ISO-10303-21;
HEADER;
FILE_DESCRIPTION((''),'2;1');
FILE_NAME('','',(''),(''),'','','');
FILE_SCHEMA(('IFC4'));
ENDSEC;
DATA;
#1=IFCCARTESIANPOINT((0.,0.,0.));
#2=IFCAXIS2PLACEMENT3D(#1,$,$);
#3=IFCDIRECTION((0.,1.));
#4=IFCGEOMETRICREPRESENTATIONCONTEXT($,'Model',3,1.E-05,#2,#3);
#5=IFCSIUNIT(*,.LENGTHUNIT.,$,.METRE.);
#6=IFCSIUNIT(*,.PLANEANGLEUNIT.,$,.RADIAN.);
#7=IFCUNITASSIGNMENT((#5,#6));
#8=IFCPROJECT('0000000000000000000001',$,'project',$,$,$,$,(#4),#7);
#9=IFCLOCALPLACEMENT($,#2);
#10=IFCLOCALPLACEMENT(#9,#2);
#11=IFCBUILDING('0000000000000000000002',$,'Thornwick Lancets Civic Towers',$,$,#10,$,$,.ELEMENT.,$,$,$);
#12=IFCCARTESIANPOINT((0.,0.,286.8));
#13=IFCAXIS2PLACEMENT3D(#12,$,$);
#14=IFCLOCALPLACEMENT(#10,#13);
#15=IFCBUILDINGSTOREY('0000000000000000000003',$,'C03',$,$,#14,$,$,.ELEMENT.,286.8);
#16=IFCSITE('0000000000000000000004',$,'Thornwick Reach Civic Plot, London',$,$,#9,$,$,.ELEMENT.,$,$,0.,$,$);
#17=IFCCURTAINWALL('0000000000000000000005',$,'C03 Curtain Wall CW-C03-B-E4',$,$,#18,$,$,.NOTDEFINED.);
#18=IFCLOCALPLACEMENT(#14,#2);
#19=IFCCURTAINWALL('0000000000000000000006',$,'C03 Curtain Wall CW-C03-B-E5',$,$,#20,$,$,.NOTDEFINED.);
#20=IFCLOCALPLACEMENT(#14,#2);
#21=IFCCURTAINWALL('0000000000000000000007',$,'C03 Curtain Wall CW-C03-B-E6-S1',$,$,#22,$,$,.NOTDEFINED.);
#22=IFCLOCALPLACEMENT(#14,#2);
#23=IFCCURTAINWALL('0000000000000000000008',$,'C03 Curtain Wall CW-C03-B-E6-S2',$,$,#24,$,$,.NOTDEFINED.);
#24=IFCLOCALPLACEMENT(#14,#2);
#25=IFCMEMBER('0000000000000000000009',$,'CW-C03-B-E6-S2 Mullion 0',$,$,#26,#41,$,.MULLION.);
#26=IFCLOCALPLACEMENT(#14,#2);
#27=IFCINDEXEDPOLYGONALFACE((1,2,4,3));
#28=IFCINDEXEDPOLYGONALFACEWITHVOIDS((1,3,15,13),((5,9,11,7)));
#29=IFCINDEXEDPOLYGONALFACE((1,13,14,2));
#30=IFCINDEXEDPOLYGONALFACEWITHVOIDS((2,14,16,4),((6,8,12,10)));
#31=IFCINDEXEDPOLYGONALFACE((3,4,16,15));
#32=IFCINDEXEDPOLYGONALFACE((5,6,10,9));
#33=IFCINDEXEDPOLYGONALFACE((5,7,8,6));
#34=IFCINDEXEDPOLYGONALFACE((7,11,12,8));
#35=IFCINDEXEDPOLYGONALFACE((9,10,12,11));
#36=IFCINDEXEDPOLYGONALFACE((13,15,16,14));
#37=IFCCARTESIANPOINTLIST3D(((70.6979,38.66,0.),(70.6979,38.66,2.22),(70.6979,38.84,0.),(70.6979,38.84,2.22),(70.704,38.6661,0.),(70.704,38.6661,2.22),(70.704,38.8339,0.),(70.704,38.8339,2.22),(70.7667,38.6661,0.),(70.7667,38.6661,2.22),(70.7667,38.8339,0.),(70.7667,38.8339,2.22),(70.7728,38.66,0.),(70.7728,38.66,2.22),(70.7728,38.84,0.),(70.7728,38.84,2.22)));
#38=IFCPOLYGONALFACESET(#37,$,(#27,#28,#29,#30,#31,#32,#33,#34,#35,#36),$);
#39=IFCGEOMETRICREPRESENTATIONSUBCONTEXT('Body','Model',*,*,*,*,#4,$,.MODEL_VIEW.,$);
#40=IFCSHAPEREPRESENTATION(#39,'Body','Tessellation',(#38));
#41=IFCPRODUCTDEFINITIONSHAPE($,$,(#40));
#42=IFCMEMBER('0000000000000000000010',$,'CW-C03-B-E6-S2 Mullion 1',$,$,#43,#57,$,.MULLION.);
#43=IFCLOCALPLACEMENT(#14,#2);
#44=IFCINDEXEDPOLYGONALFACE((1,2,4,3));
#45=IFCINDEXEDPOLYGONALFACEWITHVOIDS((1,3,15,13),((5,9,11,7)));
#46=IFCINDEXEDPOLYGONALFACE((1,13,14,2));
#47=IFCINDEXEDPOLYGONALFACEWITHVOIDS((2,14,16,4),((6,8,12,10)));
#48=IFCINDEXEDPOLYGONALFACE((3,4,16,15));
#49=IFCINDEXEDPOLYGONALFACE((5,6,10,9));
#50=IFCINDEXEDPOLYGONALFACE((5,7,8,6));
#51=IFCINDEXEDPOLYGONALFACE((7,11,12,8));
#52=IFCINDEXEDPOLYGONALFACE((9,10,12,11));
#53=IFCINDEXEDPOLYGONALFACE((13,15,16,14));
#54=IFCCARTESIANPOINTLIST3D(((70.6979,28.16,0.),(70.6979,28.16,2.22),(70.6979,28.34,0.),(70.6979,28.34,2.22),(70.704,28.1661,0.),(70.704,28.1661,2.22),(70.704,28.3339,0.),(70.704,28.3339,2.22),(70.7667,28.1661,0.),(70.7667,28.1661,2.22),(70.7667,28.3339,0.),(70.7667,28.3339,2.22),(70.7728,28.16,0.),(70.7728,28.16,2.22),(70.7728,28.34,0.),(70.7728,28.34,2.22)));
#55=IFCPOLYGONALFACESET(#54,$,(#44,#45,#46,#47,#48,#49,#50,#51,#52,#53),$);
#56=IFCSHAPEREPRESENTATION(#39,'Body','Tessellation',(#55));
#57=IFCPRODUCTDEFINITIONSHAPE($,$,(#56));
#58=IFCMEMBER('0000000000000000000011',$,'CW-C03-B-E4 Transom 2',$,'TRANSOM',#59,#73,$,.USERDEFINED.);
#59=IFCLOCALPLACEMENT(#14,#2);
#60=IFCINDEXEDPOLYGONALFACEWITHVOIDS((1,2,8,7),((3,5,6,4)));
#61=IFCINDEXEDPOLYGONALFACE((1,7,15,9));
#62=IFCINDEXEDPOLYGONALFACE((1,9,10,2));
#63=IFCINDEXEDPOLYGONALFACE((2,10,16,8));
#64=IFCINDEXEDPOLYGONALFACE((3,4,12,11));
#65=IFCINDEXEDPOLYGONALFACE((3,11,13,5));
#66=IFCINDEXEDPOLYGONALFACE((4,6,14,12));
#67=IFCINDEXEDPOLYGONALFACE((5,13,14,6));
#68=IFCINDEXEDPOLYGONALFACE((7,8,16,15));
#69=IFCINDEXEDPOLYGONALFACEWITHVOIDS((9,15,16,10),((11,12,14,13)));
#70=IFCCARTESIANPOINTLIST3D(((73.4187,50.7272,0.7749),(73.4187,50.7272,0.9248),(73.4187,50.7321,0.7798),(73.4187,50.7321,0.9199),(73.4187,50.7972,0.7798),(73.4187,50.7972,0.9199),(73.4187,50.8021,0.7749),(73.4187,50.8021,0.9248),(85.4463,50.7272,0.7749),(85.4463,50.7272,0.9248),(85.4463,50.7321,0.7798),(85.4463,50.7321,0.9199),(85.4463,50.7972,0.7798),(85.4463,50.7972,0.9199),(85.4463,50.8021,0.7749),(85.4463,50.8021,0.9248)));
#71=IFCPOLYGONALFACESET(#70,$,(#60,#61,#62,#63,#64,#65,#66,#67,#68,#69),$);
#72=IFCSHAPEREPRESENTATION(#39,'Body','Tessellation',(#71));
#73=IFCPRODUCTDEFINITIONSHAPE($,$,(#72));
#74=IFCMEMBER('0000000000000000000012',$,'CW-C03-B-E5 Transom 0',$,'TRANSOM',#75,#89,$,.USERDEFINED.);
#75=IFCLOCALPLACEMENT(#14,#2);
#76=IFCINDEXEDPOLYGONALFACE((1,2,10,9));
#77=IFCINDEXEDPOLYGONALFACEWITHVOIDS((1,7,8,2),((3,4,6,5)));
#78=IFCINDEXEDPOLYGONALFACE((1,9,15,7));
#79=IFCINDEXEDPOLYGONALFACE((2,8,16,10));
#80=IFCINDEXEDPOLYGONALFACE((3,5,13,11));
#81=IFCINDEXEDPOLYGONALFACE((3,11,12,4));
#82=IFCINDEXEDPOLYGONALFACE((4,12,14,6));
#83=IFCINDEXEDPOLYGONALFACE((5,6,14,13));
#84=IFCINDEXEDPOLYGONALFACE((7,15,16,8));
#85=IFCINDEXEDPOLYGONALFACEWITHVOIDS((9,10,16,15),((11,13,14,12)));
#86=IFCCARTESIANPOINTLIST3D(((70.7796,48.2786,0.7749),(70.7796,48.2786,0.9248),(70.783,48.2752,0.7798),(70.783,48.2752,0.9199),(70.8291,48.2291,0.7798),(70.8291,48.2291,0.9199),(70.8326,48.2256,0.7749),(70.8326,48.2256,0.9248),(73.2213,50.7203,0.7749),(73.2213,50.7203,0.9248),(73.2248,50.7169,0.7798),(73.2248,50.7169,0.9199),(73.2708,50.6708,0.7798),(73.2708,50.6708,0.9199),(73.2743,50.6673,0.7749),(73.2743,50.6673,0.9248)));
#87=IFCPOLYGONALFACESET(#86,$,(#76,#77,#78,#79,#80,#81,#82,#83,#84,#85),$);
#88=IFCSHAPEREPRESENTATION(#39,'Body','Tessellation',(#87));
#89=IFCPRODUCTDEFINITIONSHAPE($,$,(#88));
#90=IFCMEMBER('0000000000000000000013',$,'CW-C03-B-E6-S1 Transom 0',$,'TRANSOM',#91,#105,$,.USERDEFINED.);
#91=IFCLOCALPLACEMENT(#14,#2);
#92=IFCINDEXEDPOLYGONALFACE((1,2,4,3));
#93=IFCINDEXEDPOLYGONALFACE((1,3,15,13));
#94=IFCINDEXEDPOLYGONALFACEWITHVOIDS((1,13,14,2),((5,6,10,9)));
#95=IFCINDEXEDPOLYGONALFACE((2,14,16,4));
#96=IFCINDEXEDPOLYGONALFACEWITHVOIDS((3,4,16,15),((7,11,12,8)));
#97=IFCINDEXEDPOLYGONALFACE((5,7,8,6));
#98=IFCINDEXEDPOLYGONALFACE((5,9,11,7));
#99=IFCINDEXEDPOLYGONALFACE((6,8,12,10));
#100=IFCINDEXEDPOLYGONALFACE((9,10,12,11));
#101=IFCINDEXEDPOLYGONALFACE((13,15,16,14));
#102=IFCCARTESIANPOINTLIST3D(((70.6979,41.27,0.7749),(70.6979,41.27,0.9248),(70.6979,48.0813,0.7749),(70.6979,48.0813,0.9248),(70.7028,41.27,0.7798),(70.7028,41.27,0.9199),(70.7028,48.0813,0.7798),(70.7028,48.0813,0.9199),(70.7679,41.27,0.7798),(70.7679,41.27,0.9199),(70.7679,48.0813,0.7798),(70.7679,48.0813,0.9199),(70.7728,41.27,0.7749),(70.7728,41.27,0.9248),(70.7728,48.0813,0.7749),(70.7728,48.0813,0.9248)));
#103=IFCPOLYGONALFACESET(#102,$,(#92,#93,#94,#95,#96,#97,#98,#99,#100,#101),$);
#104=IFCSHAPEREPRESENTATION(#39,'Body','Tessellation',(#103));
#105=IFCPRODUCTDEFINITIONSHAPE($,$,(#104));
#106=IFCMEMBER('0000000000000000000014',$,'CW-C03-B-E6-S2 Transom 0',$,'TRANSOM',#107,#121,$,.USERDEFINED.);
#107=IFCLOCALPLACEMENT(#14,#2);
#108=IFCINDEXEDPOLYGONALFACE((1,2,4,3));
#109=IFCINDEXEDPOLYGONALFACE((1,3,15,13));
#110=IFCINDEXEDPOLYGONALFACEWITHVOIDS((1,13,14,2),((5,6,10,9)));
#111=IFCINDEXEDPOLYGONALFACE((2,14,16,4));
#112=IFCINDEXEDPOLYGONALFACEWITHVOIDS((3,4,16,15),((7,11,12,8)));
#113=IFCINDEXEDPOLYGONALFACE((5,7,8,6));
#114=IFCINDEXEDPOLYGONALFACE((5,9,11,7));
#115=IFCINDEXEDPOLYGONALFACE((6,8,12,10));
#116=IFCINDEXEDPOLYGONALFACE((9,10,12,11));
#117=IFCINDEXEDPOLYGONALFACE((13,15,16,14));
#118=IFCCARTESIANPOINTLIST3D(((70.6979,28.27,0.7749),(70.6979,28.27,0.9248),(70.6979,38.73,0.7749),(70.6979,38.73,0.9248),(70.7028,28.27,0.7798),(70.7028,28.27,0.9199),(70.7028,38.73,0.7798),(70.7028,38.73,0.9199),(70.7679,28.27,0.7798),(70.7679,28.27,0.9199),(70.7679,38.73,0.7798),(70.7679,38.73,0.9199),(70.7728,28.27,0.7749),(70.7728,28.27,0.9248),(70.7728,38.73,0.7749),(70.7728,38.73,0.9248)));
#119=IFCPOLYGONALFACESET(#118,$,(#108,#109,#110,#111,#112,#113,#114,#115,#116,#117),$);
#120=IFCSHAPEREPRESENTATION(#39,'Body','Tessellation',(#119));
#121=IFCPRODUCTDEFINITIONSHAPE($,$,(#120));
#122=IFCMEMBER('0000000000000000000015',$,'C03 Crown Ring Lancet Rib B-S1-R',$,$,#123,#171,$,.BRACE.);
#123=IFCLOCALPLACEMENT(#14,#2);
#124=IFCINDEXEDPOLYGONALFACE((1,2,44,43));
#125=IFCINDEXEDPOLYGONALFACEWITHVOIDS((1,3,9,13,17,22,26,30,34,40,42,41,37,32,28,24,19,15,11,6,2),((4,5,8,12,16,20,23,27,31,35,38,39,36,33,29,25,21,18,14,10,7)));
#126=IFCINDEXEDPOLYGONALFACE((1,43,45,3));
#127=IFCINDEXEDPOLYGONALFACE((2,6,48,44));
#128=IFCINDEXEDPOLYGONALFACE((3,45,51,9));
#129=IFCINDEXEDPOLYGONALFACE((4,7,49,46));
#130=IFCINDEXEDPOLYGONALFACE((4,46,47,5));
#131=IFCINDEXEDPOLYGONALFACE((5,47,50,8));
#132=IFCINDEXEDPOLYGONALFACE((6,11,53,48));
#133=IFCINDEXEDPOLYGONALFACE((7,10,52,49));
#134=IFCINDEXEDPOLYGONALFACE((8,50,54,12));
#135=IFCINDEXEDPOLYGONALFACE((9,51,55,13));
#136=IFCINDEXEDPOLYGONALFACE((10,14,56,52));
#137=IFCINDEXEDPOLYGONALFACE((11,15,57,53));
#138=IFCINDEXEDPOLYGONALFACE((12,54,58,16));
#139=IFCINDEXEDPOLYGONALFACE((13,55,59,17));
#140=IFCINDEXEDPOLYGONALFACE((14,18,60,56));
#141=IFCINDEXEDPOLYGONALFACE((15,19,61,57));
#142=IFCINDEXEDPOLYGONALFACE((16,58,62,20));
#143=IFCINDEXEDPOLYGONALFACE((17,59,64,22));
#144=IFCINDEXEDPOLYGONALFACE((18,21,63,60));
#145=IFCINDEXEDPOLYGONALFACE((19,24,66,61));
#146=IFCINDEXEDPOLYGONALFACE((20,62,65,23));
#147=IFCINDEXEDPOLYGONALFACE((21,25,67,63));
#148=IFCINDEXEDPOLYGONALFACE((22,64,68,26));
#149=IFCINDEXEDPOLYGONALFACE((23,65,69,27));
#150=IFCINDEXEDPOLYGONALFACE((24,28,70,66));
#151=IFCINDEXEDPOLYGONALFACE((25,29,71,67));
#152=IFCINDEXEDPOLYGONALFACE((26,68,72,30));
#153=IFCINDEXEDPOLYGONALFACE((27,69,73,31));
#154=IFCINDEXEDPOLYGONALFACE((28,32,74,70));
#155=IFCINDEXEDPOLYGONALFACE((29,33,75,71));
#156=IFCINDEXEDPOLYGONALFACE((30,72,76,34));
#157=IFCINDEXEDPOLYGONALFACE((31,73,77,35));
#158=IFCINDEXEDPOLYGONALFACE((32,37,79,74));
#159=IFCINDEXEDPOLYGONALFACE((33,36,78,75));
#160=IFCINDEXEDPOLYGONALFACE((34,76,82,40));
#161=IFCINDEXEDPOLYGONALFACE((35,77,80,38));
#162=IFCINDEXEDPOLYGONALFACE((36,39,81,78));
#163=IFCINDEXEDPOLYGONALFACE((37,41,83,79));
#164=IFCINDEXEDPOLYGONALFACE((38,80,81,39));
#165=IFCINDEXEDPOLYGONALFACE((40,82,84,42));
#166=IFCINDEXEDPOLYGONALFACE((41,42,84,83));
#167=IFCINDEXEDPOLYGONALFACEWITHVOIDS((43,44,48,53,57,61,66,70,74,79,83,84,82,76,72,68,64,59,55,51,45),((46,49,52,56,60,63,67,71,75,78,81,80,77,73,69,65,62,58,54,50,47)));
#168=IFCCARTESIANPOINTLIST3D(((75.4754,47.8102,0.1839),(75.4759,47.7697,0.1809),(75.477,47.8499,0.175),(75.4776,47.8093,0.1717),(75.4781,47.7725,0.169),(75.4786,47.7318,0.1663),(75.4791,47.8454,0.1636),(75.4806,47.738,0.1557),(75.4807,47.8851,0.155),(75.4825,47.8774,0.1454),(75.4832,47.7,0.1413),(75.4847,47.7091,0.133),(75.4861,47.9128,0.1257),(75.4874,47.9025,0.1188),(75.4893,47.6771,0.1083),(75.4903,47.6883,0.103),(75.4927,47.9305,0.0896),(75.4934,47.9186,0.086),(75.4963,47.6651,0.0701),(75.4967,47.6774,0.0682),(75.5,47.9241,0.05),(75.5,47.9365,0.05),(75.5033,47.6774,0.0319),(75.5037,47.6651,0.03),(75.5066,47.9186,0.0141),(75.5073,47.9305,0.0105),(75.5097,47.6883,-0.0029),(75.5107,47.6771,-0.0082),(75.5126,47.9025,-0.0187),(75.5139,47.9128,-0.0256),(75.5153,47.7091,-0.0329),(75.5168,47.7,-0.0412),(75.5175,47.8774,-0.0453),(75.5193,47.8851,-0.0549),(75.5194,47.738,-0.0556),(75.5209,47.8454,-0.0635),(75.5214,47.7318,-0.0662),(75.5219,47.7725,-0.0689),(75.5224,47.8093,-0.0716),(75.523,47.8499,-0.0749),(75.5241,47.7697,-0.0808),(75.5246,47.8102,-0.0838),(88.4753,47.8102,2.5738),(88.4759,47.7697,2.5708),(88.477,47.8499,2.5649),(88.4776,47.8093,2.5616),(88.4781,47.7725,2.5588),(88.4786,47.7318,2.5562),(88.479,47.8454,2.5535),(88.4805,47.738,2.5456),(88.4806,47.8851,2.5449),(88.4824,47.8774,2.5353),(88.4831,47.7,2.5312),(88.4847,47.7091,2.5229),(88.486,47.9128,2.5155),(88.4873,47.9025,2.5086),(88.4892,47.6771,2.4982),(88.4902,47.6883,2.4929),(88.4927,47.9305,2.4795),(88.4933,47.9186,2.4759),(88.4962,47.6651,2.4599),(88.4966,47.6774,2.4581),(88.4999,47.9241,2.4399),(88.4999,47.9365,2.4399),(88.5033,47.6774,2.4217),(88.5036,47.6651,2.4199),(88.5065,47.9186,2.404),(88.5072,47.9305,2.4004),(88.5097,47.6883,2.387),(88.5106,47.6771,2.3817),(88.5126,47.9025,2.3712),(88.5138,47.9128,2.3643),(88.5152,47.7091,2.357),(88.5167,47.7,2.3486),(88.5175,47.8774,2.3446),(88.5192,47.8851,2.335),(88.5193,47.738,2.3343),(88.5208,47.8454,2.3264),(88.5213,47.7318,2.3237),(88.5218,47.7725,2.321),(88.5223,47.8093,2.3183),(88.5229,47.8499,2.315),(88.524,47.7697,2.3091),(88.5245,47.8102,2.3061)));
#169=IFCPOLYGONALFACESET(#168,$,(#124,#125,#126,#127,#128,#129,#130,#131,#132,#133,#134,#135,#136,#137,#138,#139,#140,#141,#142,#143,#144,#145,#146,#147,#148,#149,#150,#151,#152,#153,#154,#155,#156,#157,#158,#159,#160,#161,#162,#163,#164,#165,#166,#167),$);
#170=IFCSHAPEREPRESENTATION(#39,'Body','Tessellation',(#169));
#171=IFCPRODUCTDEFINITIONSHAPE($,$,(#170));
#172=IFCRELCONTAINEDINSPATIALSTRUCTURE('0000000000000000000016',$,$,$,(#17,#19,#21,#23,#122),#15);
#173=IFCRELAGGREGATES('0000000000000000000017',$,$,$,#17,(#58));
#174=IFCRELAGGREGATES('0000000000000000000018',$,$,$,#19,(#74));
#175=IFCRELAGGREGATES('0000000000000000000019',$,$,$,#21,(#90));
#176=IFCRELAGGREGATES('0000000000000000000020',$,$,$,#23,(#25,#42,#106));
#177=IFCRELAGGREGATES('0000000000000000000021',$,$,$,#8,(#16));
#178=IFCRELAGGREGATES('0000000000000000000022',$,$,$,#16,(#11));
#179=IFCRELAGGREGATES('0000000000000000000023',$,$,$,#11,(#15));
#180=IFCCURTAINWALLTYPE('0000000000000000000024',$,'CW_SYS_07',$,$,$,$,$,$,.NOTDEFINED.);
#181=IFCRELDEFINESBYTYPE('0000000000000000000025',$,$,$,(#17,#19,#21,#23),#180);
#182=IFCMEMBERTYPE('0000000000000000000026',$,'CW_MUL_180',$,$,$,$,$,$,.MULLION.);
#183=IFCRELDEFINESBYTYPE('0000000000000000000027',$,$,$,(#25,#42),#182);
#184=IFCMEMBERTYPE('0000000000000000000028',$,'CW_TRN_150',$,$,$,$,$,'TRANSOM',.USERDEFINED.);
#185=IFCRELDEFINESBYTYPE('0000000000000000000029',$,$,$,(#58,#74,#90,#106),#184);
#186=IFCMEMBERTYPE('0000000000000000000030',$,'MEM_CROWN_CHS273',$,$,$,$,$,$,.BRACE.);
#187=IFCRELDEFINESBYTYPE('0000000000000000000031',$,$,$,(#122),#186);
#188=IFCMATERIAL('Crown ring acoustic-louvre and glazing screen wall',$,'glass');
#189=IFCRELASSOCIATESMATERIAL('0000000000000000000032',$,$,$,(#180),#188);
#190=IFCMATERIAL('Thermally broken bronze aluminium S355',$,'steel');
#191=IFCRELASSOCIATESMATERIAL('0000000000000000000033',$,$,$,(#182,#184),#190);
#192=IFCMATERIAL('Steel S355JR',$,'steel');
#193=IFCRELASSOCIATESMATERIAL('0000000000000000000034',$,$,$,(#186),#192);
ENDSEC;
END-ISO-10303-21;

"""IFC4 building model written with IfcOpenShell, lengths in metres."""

from ifc_helpers import new_model, si_unit, direction, frame, origin, origin_2d, place, context, subcontext, project, spatial, hollow_rectangle, hollow_circle, extrude, material, material_profile, profile_set, type_object, element, aggregate, save


model = new_model("IFC4")

# Units and contexts
model_context = context("Model", 3, precision=1e-05, world=origin(), true_north=direction((0.0, 1.0)))
body_context = subcontext(model_context, "Body", "Model", "MODEL_VIEW")
ifc_project = project(units=[si_unit("LENGTHUNIT", "METRE"), si_unit("PLANEANGLEUNIT", "RADIAN")], contexts=[model_context])

# Site, building, storey
site_placement = place(None, origin())
site = spatial("IfcSite", under=ifc_project, at=site_placement, Name="Thornwick Reach Civic Plot, London", CompositionType="ELEMENT", RefElevation=0.0)
building_placement = place(site_placement, origin())
building = spatial("IfcBuilding", under=site, at=building_placement, Name="Thornwick Lancets Civic Towers", CompositionType="ELEMENT")
storey_placement = place(building_placement, frame((0.0, 0.0, 286.8)))
storey = spatial("IfcBuildingStorey", under=building, at=storey_placement, Name="C03", CompositionType="ELEMENT", Elevation=286.8)

# Shared definitions
ifc_material_1 = material(Name="Steel S355JR", Category="steel")

# Curtain walls, members
ifc_material_2 = material(Name="Crown ring acoustic-louvre and glazing screen wall", Category="glass")
curtain_wall_type = type_object("IfcCurtainWallType", Name="CW_SYS_07", PredefinedType="NOTDEFINED", material=ifc_material_2)
curtain_wall_1_placement = place(storey_placement, origin())
curtain_wall_1 = element("IfcCurtainWall", 1, at=curtain_wall_1_placement, inside=storey, type_object=curtain_wall_type, Name="C03 Curtain Wall CW-C03-B-E4", PredefinedType="NOTDEFINED")
ifc_material_3 = material(Name="Thermally broken bronze aluminium S355", Category="steel")
ifc_material_profile_1 = material_profile(ifc_material_3, hollow_rectangle(XDim=0.075, YDim=0.1799, WallThickness=0.0061, at=origin_2d()), Name="RHS 180x75x6")
ifc_profile_set_1 = profile_set([ifc_material_profile_1], Name="Thermally broken bronze aluminium S355")
member_type_1 = type_object("IfcMemberType", Name="CW_MUL_180", PredefinedType="MULLION", material=ifc_profile_set_1)
curtain_wall_2_placement = place(storey_placement, origin())
curtain_wall_2 = element("IfcCurtainWall", 2, at=curtain_wall_2_placement, inside=storey, type_object=curtain_wall_type, Name="C03 Curtain Wall CW-C03-B-E5", PredefinedType="NOTDEFINED")
curtain_wall_3_placement = place(storey_placement, origin())
curtain_wall_3 = element("IfcCurtainWall", 3, at=curtain_wall_3_placement, inside=storey, type_object=curtain_wall_type, Name="C03 Curtain Wall CW-C03-B-E6-S1", PredefinedType="NOTDEFINED")
curtain_wall_4_placement = place(storey_placement, origin())
curtain_wall_4 = element("IfcCurtainWall", 4, at=curtain_wall_4_placement, inside=storey, type_object=curtain_wall_type, Name="C03 Curtain Wall CW-C03-B-E6-S2", PredefinedType="NOTDEFINED")
member_1_placement = place(storey_placement, frame((70.7354, 38.75, 0.0), z_axis=(0.0, 0.0, 1.0), x_axis=(1.0, 0.0, 0.0)))
member_1 = element("IfcMember", 5, at=member_1_placement, type_object=member_type_1, Name="CW-C03-B-E6-S2 Mullion 0", PredefinedType="MULLION", context=body_context, shape_type="SweptSolid", body=[
    extrude(hollow_rectangle(XDim=0.075, YDim=0.1799, WallThickness=0.0061, at=origin_2d()), origin(), (0.0, 0.0, 1.0), 2.22),
])
member_2_placement = place(storey_placement, frame((70.7354, 28.25, 0.0), z_axis=(0.0, 0.0, 1.0), x_axis=(1.0, 0.0, 0.0)))
member_2 = element("IfcMember", 6, at=member_2_placement, type_object=member_type_1, Name="CW-C03-B-E6-S2 Mullion 1", PredefinedType="MULLION", context=body_context, shape_type="SweptSolid", body=[
    extrude(hollow_rectangle(XDim=0.075, YDim=0.1799, WallThickness=0.0061, at=origin_2d()), origin(), (0.0, 0.0, 1.0), 2.22),
])

# Members
ifc_material_profile_2 = material_profile(ifc_material_3, hollow_rectangle(XDim=0.075, YDim=0.1499, WallThickness=0.0049, at=origin_2d()), Name="RHS 150x75x5")
ifc_profile_set_2 = profile_set([ifc_material_profile_2], Name="Thermally broken bronze aluminium S355")
member_type_2 = type_object("IfcMemberType", Name="CW_TRN_150", ElementType="TRANSOM", PredefinedType="USERDEFINED", material=ifc_profile_set_2)
member_3_placement = place(storey_placement, frame((85.4463, 50.7646, 0.8499), z_axis=(-1.0, 0.0, 0.0), x_axis=(0.0, -1.0, 0.0)))
member_3 = element("IfcMember", 7, at=member_3_placement, type_object=member_type_2, Name="CW-C03-B-E4 Transom 2", ObjectType="TRANSOM", PredefinedType="USERDEFINED", context=body_context, shape_type="SweptSolid", body=[
    extrude(hollow_rectangle(XDim=0.075, YDim=0.1499, WallThickness=0.0049, at=origin_2d()), origin(), (0.0, 0.0, 1.0), 12.0276),
])
member_4_placement = place(storey_placement, frame((73.2478, 50.6938, 0.8499), z_axis=(-0.707107, -0.707107, 0.0), x_axis=(0.707107, -0.707107, 0.0)))
member_4 = element("IfcMember", 8, at=member_4_placement, type_object=member_type_2, Name="CW-C03-B-E5 Transom 0", ObjectType="TRANSOM", PredefinedType="USERDEFINED", context=body_context, shape_type="SweptSolid", body=[
    extrude(hollow_rectangle(XDim=0.075, YDim=0.1499, WallThickness=0.0049, at=origin_2d()), origin(), (0.0, 0.0, 1.0), 3.4531),
])
member_5_placement = place(storey_placement, frame((70.7354, 48.0813, 0.8499), z_axis=(0.0, -1.0, 0.0), x_axis=(1.0, 0.0, 0.0)))
member_5 = element("IfcMember", 9, at=member_5_placement, type_object=member_type_2, Name="CW-C03-B-E6-S1 Transom 0", ObjectType="TRANSOM", PredefinedType="USERDEFINED", context=body_context, shape_type="SweptSolid", body=[
    extrude(hollow_rectangle(XDim=0.075, YDim=0.1499, WallThickness=0.0049, at=origin_2d()), origin(), (0.0, 0.0, 1.0), 6.8113),
])
member_6_placement = place(storey_placement, frame((70.7354, 38.73, 0.8499), z_axis=(0.0, -1.0, 0.0), x_axis=(1.0, 0.0, 0.0)))
member_6 = element("IfcMember", 10, at=member_6_placement, type_object=member_type_2, Name="CW-C03-B-E6-S2 Transom 0", ObjectType="TRANSOM", PredefinedType="USERDEFINED", context=body_context, shape_type="SweptSolid", body=[
    extrude(hollow_rectangle(XDim=0.075, YDim=0.1499, WallThickness=0.0049, at=origin_2d()), origin(), (0.0, 0.0, 1.0), 10.46),
])

# Member
ifc_material_profile_3 = material_profile(ifc_material_1, hollow_circle(Radius=0.1365, WallThickness=0.0125, at=origin_2d()), Name="CHS 273x12.5")
ifc_profile_set_3 = profile_set([ifc_material_profile_3], Name="Steel S355JR")
member_type_3 = type_object("IfcMemberType", Name="MEM_CROWN_CHS273", PredefinedType="BRACE", material=ifc_profile_set_3)
for number, where, z_axis, x_axis, name in (
    (11, (75.5, 47.8, 0.05), (0.983518, 0.0, 0.180808), (0.0, 1.0, 0.0), "C03 Crown Ring Lancet Rib B-S1-R"),
):
    element("IfcMember", number, at=place(storey_placement, frame(where, z_axis=z_axis, x_axis=x_axis)), inside=storey, type_object=member_type_3, Name=name, PredefinedType="BRACE", context=body_context, shape_type="SweptSolid", body=[
        extrude(hollow_circle(Radius=0.1365, WallThickness=0.0125, at=origin_2d()), origin(), (0.0, 0.0, 1.0), 13.2178),
    ])

aggregate(curtain_wall_1, [member_3])
aggregate(curtain_wall_2, [member_4])
aggregate(curtain_wall_3, [member_5])
aggregate(curtain_wall_4, [member_1, member_2, member_6])

save(model, "model.ifc")
